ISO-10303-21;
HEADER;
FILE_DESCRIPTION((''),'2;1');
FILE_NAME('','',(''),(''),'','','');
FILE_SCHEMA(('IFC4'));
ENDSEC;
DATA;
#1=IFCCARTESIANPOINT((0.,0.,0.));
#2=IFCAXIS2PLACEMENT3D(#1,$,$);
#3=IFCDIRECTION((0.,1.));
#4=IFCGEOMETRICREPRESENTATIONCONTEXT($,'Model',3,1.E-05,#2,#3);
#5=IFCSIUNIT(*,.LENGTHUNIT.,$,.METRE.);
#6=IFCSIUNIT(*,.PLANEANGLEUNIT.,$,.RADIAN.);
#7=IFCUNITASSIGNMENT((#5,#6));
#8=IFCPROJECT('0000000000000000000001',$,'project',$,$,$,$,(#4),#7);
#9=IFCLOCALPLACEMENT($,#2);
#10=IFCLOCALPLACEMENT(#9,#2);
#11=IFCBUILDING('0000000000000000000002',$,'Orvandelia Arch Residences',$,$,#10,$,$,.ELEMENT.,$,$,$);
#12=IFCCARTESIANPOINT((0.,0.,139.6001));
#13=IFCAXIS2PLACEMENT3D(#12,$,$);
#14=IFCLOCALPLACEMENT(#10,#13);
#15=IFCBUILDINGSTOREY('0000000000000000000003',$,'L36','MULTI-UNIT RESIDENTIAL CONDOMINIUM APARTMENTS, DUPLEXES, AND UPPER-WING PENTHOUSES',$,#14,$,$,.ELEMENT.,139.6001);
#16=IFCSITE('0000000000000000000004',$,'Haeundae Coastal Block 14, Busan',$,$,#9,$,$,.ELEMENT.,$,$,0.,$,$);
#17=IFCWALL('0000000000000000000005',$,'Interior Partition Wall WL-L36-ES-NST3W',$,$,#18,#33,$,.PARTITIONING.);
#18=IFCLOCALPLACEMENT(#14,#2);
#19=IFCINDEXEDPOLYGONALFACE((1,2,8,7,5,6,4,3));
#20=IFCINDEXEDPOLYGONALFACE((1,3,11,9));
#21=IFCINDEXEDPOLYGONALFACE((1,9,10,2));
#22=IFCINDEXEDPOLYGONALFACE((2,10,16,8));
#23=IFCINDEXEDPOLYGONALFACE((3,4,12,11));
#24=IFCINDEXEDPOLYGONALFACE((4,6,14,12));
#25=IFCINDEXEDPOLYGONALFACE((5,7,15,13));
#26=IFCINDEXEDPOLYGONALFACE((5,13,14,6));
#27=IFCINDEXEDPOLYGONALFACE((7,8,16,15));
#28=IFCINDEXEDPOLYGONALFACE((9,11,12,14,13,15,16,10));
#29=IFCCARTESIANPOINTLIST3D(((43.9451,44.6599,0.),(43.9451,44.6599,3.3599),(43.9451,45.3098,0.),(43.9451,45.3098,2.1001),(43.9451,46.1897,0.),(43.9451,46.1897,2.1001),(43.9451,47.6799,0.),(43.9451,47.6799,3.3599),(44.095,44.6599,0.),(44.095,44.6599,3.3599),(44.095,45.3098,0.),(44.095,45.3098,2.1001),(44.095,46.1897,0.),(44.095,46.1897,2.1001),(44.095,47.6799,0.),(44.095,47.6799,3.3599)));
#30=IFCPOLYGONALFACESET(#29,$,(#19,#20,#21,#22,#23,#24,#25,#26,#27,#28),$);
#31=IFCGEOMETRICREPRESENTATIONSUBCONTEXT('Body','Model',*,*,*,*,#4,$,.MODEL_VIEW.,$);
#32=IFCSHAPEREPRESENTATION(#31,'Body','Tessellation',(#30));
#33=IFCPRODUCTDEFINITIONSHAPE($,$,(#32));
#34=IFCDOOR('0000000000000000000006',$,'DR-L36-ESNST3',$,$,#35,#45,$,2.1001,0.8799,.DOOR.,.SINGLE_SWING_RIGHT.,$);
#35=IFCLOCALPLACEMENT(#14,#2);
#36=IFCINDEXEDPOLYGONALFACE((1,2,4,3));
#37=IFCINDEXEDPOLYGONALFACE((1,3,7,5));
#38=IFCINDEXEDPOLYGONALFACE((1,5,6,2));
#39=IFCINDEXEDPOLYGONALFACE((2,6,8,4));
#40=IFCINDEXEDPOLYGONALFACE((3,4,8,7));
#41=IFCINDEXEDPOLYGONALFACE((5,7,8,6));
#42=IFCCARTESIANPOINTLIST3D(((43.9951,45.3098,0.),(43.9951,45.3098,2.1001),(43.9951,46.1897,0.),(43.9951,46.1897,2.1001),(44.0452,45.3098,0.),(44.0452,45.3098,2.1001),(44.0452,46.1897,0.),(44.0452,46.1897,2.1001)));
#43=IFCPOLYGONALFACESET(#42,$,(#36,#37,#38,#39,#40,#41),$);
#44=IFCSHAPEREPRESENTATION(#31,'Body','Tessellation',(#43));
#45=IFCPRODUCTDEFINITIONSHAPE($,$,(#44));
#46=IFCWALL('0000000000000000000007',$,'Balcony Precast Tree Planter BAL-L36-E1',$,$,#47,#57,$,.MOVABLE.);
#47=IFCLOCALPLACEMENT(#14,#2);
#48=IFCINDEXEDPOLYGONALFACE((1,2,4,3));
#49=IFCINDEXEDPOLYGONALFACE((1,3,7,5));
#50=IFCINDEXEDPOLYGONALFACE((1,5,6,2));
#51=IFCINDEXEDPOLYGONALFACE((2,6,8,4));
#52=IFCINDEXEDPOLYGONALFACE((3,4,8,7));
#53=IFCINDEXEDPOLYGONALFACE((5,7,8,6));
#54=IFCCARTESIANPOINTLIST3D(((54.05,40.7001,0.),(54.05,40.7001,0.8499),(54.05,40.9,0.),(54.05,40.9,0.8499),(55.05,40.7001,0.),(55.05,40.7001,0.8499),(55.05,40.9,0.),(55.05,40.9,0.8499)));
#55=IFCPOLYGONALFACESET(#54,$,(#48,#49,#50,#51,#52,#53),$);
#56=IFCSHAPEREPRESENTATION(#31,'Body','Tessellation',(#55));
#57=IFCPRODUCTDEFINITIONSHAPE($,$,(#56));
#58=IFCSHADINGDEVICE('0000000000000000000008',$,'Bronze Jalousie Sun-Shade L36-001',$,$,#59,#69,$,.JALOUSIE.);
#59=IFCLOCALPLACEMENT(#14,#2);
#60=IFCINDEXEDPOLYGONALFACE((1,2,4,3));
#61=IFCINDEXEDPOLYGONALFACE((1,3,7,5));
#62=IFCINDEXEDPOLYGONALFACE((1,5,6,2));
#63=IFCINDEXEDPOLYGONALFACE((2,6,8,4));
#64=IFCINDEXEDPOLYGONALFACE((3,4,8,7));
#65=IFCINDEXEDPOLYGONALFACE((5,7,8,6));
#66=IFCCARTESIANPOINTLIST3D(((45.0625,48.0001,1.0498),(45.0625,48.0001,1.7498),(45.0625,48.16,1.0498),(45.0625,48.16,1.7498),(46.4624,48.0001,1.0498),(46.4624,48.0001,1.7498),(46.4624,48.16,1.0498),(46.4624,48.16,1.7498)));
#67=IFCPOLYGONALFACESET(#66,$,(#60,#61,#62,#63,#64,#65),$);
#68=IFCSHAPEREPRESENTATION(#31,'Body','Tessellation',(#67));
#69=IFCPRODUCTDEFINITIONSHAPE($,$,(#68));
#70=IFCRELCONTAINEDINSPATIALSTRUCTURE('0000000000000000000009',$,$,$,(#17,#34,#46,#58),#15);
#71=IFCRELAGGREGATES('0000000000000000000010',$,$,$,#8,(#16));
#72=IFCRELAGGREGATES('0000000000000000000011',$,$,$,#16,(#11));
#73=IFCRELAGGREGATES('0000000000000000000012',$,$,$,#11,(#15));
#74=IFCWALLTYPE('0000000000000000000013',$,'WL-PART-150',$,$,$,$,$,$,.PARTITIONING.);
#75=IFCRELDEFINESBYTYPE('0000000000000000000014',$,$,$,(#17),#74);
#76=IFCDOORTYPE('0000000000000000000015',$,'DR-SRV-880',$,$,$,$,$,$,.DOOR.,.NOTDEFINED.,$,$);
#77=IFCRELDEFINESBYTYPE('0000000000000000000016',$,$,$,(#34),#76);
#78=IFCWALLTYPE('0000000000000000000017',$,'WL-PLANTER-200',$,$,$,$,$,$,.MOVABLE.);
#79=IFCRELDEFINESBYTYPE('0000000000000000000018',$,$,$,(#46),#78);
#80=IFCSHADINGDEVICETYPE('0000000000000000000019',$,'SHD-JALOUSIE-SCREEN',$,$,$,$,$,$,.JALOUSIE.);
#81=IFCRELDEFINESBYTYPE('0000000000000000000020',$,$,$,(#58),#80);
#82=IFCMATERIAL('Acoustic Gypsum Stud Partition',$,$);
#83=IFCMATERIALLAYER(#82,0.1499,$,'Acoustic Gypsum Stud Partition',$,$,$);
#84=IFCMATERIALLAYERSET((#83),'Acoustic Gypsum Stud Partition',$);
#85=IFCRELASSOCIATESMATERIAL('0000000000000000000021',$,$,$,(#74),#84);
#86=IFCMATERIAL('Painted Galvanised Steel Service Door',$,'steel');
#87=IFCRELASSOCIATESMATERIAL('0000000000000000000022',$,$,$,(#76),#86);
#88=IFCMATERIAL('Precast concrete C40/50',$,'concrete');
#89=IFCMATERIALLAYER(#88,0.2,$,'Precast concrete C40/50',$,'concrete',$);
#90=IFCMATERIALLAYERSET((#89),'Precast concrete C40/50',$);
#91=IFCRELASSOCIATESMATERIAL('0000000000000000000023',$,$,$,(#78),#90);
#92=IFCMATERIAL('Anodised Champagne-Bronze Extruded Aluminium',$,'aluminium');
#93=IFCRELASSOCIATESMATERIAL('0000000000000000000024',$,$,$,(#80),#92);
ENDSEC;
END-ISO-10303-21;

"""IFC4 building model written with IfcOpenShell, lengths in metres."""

from ifc_helpers import new_model, si_unit, direction, frame, frame_2d, origin, origin_2d, place, context, subcontext, project, spatial, rectangle, extrude, material, layer, layer_set, type_object, element, fill, save


model = new_model("IFC4")

# Units and contexts
model_context = context("Model", 3, precision=1e-05, world=origin(), true_north=direction((0.0, 1.0)))
body_context = subcontext(model_context, "Body", "Model", "MODEL_VIEW")
ifc_project = project(units=[si_unit("LENGTHUNIT", "METRE"), si_unit("PLANEANGLEUNIT", "RADIAN")], contexts=[model_context])

# Site, building, storey
site_placement = place(None, origin())
site = spatial("IfcSite", under=ifc_project, at=site_placement, Name="Haeundae Coastal Block 14, Busan", CompositionType="ELEMENT", RefElevation=0.0)
building_placement = place(site_placement, origin())
building = spatial("IfcBuilding", under=site, at=building_placement, Name="Orvandelia Arch Residences", CompositionType="ELEMENT")
storey_placement = place(building_placement, frame((0.0, 0.0, 139.6001)))
storey = spatial("IfcBuildingStorey", under=building, at=storey_placement, Name="L36", Description="MULTI-UNIT RESIDENTIAL CONDOMINIUM APARTMENTS, DUPLEXES, AND UPPER-WING PENTHOUSES", CompositionType="ELEMENT", Elevation=139.6001)

# Shared definitions
ifc_material_1 = material(Name="Precast concrete C40/50", Category="concrete")

# Wall, opening, door
ifc_material_2 = material(Name="Acoustic Gypsum Stud Partition")
ifc_layer_1 = layer(ifc_material_2, 0.1499, Name="Acoustic Gypsum Stud Partition")
ifc_layer_set_1 = layer_set([ifc_layer_1], Name="Acoustic Gypsum Stud Partition")
wall_type_1 = type_object("IfcWallType", Name="WL-PART-150", PredefinedType="PARTITIONING", material=ifc_layer_set_1)
wall_1_placement = place(storey_placement, frame((44.02, 44.6599, 0.0), z_axis=(0.0, 0.0, 1.0), x_axis=(0.0, 1.0, 0.0)))
wall_1 = element("IfcWall", 1, at=wall_1_placement, inside=storey, type_object=wall_type_1, Name="Interior Partition Wall WL-L36-ES-NST3W", PredefinedType="PARTITIONING", context=body_context, shape_type="SweptSolid", body=[
    extrude(rectangle(XDim=3.02, YDim=0.1499, at=frame_2d((1.51, 0.0))), origin(), (0.0, 0.0, 1.0), 3.3599),
])
opening_1_placement = place(wall_1_placement, frame((0.6499, 0.0, 0.0)))
opening_1 = element("IfcOpeningElement", 2, at=opening_1_placement, cuts=wall_1, PredefinedType="OPENING", context=body_context, shape_type="SweptSolid", body=[
    extrude(rectangle(XDim=0.8799, YDim=2.1001, at=frame_2d((0.4399, 1.05))), frame((0.0, 0.085, 0.0), z_axis=(0.0, -1.0, 0.0), x_axis=(1.0, 0.0, 0.0)), (0.0, 0.0, 1.0), 0.1699),
])
ifc_material_3 = material(Name="Painted Galvanised Steel Service Door", Category="steel")
door_type_1 = type_object("IfcDoorType", Name="DR-SRV-880", OperationType="NOTDEFINED", PredefinedType="DOOR", material=ifc_material_3)
door_1_placement = place(opening_1_placement, origin())
door_1 = element("IfcDoor", 3, at=door_1_placement, inside=storey, type_object=door_type_1, Name="DR-L36-ESNST3", OperationType="SINGLE_SWING_RIGHT", OverallHeight=2.1001, OverallWidth=0.8799, PredefinedType="DOOR", context=body_context, shape_type="SweptSolid", body=[
    extrude(rectangle(XDim=0.8799, YDim=2.1001, at=frame_2d((0.4399, 1.05))), frame((0.0, 0.0249, 0.0), z_axis=(0.0, -1.0, 0.0), x_axis=(1.0, 0.0, 0.0)), (0.0, 0.0, 1.0), 0.05),
])
fill(opening_1, door_1)

# Wall
ifc_layer_2 = layer(ifc_material_1, 0.2, Name="Precast concrete C40/50", Category="concrete")
ifc_layer_set_2 = layer_set([ifc_layer_2], Name="Precast concrete C40/50")
wall_type_2 = type_object("IfcWallType", Name="WL-PLANTER-200", PredefinedType="MOVABLE", material=ifc_layer_set_2)
wall_2_placement = place(storey_placement, frame((54.05, 40.8, 0.0), z_axis=(0.0, 0.0, 1.0), x_axis=(1.0, 0.0, 0.0)))
element("IfcWall", 4, at=wall_2_placement, inside=storey, type_object=wall_type_2, Name="Balcony Precast Tree Planter BAL-L36-E1", PredefinedType="MOVABLE", context=body_context, shape_type="SweptSolid", body=[
    extrude(rectangle(XDim=1.0, YDim=0.2, at=frame_2d((0.5, 0.0))), origin(), (0.0, 0.0, 1.0), 0.8499),
])

# Shading device
ifc_material_4 = material(Name="Anodised Champagne-Bronze Extruded Aluminium", Category="aluminium")
shading_device_type = type_object("IfcShadingDeviceType", Name="SHD-JALOUSIE-SCREEN", PredefinedType="JALOUSIE", material=ifc_material_4)
shading_device_placement = place(storey_placement, frame((45.7625, 48.0801, 1.0498), z_axis=(0.0, 0.0, 1.0), x_axis=(1.0, 0.0, 0.0)))
element("IfcShadingDevice", 5, at=shading_device_placement, inside=storey, type_object=shading_device_type, Name="Bronze Jalousie Sun-Shade L36-001", PredefinedType="JALOUSIE", context=body_context, shape_type="SweptSolid", body=[
    extrude(rectangle(XDim=1.3999, YDim=0.1599, at=origin_2d()), origin(), (0.0, 0.0, 1.0), 0.7),
])

save(model, "model.ifc")
